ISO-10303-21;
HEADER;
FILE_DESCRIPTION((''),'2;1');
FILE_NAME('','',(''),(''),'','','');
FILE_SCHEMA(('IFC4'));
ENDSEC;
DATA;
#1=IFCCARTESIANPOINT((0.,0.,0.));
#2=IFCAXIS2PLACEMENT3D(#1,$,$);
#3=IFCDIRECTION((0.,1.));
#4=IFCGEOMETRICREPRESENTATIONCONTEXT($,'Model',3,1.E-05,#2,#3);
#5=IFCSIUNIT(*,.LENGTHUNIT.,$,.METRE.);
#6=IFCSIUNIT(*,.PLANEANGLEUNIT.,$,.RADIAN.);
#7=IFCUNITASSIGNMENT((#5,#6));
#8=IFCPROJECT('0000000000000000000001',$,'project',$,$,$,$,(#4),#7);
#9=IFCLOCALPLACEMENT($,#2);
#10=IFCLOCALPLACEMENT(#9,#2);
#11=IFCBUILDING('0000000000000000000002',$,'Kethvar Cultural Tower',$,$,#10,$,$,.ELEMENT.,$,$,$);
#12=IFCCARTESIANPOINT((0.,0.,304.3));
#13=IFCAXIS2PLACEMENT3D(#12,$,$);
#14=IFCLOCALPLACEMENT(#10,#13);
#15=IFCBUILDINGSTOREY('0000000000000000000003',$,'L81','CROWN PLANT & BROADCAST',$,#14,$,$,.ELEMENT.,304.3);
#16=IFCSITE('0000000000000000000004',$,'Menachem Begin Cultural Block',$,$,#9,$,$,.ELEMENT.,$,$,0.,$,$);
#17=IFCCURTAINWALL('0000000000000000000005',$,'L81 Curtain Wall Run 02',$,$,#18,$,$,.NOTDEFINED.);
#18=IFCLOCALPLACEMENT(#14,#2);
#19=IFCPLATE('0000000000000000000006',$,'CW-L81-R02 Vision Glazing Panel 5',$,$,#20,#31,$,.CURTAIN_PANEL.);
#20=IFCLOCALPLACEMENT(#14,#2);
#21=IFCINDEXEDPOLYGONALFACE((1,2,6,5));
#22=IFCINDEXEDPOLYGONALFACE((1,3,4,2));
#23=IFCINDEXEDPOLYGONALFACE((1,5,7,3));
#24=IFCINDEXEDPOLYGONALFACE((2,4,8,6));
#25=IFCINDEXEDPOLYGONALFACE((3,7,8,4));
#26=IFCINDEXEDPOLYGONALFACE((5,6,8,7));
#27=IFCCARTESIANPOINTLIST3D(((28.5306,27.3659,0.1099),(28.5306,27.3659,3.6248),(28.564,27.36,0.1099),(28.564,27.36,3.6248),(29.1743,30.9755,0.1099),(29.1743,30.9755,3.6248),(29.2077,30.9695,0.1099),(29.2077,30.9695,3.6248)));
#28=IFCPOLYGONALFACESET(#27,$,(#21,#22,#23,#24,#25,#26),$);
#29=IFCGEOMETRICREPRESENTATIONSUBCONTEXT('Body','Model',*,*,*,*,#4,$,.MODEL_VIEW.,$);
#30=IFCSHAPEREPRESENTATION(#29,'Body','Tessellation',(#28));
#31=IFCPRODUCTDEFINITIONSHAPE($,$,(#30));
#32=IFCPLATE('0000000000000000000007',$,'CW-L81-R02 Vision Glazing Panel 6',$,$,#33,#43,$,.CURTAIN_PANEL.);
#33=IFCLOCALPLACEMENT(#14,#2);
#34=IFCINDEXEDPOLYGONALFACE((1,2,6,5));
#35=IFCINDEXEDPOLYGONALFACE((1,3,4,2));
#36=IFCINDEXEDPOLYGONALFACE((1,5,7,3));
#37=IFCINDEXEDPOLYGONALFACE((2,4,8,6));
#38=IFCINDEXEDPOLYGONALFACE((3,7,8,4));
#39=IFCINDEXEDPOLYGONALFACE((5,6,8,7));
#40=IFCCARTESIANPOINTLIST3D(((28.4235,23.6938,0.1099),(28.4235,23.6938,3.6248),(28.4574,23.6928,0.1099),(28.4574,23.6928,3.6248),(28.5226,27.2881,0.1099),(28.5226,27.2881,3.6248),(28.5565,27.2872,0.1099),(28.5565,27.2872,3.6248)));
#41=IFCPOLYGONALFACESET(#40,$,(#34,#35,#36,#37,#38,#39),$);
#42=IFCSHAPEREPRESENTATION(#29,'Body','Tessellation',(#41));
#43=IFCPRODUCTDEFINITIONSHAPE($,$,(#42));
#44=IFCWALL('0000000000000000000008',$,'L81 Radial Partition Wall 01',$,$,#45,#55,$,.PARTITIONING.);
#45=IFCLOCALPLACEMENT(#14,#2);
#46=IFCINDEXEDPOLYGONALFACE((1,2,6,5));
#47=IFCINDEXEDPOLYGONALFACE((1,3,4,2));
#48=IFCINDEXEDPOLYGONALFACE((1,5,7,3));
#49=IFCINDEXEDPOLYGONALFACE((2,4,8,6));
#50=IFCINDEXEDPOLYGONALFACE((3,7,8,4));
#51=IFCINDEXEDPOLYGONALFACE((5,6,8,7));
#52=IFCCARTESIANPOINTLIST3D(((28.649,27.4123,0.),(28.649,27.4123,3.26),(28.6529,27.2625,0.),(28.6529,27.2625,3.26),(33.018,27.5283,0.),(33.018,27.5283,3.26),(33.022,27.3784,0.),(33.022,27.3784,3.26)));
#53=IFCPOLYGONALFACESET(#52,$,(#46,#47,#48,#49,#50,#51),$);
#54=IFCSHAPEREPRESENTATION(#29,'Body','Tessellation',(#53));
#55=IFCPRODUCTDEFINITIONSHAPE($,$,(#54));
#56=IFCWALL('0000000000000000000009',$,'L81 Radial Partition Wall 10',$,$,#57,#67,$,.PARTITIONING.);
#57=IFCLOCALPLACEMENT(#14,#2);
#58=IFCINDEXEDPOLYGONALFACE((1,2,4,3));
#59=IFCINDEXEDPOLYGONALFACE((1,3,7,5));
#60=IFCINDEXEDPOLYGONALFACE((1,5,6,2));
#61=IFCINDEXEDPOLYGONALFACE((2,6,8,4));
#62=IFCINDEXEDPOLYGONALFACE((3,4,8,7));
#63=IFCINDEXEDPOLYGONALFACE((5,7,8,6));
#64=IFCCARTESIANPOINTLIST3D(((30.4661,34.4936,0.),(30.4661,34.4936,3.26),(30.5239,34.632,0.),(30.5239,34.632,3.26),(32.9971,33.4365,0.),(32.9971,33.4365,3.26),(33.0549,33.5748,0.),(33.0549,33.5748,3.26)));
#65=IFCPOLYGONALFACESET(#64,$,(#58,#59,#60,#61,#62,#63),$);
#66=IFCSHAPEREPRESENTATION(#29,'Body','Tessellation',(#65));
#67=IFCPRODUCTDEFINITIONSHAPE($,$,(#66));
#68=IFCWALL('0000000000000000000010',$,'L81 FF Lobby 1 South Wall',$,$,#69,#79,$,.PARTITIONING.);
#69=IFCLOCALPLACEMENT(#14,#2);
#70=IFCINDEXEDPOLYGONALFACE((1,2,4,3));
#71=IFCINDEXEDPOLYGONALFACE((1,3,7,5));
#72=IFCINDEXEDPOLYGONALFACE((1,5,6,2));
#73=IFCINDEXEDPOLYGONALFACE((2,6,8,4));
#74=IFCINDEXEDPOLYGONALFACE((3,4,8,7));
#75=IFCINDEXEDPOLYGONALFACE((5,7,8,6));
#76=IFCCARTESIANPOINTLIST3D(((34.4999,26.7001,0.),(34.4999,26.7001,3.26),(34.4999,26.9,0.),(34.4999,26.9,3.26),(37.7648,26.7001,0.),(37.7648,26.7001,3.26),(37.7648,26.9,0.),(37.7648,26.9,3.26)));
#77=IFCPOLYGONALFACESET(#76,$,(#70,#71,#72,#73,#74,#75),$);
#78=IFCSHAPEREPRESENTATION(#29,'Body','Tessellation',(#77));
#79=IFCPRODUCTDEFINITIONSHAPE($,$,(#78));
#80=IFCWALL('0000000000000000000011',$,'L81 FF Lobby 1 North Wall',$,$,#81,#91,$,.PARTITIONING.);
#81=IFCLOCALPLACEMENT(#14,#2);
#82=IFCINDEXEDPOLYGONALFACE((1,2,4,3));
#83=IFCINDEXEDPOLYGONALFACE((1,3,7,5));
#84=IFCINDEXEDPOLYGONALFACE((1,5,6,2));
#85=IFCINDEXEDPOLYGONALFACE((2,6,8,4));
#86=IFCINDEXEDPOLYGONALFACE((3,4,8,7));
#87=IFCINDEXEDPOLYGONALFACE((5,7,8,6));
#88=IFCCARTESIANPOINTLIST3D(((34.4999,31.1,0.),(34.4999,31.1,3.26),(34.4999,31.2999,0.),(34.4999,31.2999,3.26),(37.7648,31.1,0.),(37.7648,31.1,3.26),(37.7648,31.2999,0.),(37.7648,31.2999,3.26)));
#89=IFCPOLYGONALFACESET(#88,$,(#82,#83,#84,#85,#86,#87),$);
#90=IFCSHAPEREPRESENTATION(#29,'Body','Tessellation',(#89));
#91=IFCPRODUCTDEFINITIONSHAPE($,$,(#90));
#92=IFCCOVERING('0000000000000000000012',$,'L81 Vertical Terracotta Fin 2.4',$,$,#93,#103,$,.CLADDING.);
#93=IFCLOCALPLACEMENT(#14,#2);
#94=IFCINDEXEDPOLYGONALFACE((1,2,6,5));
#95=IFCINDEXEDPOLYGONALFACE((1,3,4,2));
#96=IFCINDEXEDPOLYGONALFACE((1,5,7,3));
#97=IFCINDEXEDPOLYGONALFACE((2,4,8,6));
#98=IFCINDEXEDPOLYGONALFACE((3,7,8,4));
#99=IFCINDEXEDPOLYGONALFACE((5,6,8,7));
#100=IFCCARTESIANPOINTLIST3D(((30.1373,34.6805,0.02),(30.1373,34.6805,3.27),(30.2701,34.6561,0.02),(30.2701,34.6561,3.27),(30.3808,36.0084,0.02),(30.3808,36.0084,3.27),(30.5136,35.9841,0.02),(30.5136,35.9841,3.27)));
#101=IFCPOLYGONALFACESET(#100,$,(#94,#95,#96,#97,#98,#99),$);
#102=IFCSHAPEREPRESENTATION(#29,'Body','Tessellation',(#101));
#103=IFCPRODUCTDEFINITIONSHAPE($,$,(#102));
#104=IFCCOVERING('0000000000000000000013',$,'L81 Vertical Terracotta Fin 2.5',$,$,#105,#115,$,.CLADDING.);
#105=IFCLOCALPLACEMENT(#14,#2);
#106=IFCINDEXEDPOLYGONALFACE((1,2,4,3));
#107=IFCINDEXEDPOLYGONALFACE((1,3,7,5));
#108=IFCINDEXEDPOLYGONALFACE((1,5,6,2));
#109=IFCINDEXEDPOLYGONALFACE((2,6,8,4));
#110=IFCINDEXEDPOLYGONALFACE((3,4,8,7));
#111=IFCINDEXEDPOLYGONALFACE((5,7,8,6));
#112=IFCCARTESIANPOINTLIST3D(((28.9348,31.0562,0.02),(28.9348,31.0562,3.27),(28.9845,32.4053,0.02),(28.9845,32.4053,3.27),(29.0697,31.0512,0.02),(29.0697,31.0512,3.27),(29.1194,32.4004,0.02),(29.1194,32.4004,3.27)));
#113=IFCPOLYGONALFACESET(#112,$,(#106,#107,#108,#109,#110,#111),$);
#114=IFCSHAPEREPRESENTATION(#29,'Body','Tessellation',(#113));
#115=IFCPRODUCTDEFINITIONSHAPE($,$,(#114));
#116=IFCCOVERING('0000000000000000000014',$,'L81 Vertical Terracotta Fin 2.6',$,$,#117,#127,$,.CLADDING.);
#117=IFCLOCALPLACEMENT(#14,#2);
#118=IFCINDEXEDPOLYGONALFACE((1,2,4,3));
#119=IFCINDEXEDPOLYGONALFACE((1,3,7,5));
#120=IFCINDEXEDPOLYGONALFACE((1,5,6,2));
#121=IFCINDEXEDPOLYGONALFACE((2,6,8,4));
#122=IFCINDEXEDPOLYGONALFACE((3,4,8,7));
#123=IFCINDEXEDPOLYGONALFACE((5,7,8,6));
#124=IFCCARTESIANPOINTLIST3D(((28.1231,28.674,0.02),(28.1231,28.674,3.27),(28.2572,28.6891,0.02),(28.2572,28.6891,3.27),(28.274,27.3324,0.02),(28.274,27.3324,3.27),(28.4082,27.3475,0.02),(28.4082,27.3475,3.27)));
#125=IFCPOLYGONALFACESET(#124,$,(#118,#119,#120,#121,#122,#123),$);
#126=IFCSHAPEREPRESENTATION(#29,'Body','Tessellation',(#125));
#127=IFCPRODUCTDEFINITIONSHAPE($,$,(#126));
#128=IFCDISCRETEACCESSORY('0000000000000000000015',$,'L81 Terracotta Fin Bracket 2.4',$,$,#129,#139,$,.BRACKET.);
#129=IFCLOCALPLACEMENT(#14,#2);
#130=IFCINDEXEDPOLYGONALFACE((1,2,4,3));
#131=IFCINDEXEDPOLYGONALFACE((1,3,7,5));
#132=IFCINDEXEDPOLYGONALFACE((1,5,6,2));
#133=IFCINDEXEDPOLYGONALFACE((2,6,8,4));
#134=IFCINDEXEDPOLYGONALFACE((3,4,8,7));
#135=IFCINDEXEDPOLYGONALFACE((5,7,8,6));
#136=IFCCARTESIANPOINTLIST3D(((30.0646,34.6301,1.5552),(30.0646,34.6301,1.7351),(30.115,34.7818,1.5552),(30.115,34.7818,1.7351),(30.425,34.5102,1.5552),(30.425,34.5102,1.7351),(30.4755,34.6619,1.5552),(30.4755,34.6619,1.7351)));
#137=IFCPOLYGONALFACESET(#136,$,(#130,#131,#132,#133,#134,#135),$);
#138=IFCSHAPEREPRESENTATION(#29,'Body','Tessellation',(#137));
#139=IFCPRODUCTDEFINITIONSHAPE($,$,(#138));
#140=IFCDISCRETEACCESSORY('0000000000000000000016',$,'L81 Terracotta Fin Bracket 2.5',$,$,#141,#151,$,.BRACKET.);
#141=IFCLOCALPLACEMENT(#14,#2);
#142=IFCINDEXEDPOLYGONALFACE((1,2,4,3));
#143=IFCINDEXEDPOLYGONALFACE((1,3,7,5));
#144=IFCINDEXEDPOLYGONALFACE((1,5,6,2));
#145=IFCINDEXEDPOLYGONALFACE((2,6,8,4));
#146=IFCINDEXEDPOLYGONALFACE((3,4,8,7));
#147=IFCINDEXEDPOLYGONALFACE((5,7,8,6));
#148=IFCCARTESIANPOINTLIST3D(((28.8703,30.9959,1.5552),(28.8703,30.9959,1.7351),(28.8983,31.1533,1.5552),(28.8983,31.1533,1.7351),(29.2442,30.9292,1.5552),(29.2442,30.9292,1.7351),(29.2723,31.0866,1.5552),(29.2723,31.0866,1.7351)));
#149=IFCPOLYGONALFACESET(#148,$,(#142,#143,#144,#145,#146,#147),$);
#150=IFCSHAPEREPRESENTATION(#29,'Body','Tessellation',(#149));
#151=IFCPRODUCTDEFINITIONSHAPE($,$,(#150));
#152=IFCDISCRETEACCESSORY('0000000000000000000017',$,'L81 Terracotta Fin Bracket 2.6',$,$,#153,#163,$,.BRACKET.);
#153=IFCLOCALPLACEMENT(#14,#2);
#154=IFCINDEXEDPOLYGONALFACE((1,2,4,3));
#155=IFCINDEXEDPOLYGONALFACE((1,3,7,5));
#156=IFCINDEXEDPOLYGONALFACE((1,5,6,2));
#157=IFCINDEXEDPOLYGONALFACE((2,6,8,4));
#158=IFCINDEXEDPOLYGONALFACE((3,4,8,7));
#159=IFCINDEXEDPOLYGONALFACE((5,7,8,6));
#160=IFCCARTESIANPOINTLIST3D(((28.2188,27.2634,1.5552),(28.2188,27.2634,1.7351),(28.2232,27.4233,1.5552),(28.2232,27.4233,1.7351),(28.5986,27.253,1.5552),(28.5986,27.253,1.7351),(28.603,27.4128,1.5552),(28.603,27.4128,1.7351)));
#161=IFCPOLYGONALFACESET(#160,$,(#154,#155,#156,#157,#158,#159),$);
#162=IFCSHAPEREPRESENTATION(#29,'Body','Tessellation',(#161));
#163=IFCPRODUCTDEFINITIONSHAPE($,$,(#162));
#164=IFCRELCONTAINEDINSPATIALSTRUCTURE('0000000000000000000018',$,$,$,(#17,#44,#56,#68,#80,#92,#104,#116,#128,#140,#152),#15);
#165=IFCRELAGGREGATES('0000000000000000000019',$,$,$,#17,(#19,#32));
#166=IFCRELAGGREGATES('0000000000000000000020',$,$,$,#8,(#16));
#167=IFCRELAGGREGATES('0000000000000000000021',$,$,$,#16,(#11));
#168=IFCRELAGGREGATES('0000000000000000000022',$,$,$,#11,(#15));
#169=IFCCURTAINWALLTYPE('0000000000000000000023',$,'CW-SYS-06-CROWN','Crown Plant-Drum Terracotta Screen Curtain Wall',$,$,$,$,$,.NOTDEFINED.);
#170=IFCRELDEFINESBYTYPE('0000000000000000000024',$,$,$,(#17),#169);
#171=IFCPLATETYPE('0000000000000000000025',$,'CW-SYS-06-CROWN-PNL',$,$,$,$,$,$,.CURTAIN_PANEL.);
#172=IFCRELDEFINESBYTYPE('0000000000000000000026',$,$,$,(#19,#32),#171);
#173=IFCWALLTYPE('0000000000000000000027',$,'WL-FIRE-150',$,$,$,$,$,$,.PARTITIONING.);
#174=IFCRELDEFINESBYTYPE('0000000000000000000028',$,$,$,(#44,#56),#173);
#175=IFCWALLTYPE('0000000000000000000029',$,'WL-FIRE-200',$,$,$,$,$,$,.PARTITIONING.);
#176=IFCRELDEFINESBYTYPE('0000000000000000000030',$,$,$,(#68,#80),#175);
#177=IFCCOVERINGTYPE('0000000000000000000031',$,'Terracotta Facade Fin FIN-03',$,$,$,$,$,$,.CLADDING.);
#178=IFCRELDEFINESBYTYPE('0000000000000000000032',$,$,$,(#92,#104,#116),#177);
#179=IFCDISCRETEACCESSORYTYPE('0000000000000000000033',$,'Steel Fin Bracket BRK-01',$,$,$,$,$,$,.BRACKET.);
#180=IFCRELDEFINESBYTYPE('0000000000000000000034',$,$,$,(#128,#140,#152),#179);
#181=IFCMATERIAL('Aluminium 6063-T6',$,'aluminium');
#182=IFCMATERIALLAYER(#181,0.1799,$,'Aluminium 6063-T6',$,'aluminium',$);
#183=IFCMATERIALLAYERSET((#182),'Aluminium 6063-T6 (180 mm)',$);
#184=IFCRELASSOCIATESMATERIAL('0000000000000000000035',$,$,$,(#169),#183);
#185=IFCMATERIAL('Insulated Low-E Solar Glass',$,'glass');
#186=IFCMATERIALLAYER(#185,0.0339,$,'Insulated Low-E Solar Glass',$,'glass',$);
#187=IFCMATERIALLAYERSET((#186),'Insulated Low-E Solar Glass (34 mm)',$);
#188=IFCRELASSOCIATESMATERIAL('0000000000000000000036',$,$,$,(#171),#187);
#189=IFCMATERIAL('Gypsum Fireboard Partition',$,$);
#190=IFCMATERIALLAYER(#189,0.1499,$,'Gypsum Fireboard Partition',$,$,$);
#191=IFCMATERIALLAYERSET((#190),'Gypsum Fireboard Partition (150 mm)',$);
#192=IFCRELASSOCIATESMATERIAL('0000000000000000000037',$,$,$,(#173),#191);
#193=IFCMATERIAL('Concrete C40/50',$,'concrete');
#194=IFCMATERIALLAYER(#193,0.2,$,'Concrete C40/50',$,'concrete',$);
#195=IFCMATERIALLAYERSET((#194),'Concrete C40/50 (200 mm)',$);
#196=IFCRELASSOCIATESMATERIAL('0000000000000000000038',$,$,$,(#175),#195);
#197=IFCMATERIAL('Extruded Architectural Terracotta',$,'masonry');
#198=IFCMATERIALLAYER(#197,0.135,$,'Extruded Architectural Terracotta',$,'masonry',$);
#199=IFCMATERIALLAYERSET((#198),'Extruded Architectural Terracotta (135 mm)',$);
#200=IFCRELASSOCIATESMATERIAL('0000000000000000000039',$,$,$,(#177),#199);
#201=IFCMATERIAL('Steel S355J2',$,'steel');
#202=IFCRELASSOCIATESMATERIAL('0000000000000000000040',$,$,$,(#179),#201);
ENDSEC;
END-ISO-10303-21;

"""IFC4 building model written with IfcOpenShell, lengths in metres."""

from ifc_helpers import new_model, si_unit, direction, frame, frame_2d, origin, origin_2d, place, context, subcontext, project, spatial, rectangle, extrude, source, transform, mapped, material, layer, layer_set, type_object, element, aggregate, save


model = new_model("IFC4")

# Units and contexts
model_context = context("Model", 3, precision=1e-05, world=origin(), true_north=direction((0.0, 1.0)))
body_context = subcontext(model_context, "Body", "Model", "MODEL_VIEW")
ifc_project = project(units=[si_unit("LENGTHUNIT", "METRE"), si_unit("PLANEANGLEUNIT", "RADIAN")], contexts=[model_context])

# Site, building, storey
site_placement = place(None, origin())
site = spatial("IfcSite", under=ifc_project, at=site_placement, Name="Menachem Begin Cultural Block", CompositionType="ELEMENT", RefElevation=0.0)
building_placement = place(site_placement, origin())
building = spatial("IfcBuilding", under=site, at=building_placement, Name="Kethvar Cultural Tower", CompositionType="ELEMENT")
storey_placement = place(building_placement, frame((0.0, 0.0, 304.3)))
storey = spatial("IfcBuildingStorey", under=building, at=storey_placement, Name="L81", Description="CROWN PLANT & BROADCAST", CompositionType="ELEMENT", Elevation=304.3)

# Shared definitions
ifc_material_1 = material(Name="Steel S355J2", Category="steel")

# Curtain wall, plates
ifc_material_2 = material(Name="Aluminium 6063-T6", Category="aluminium")
ifc_layer_1 = layer(ifc_material_2, 0.1799, Name="Aluminium 6063-T6", Category="aluminium")
ifc_layer_set_1 = layer_set([ifc_layer_1], Name="Aluminium 6063-T6 (180 mm)")
curtain_wall_type = type_object("IfcCurtainWallType", Name="CW-SYS-06-CROWN", Description="Crown Plant-Drum Terracotta Screen Curtain Wall", PredefinedType="NOTDEFINED", material=ifc_layer_set_1)
curtain_wall_placement = place(storey_placement, origin())
curtain_wall = element("IfcCurtainWall", 1, at=curtain_wall_placement, inside=storey, type_object=curtain_wall_type, Name="L81 Curtain Wall Run 02", PredefinedType="NOTDEFINED")
ifc_material_3 = material(Name="Insulated Low-E Solar Glass", Category="glass")
ifc_layer_2 = layer(ifc_material_3, 0.0339, Name="Insulated Low-E Solar Glass", Category="glass")
ifc_layer_set_2 = layer_set([ifc_layer_2], Name="Insulated Low-E Solar Glass (34 mm)")
plate_type = type_object("IfcPlateType", Name="CW-SYS-06-CROWN-PNL", PredefinedType="CURTAIN_PANEL", material=ifc_layer_set_2)
shared_shape_1 = source(origin(), body_context, "Body", "SweptSolid", [
    extrude(rectangle(XDim=3.6665, YDim=0.0339, at=origin_2d()), origin(), (0.0, 0.0, 1.0), 3.5149),
])
plate_1_placement = place(storey_placement, frame((28.8691, 29.1677, 0.1099), z_axis=(0.0, 0.0, 1.0), x_axis=(-0.175556, -0.984469, 0.0)))
plate_1 = element("IfcPlate", 2, at=plate_1_placement, type_object=plate_type, Name="CW-L81-R02 Vision Glazing Panel 5", PredefinedType="CURTAIN_PANEL", context=body_context, shape_type="MappedRepresentation", body=[
    mapped(shared_shape_1, transform((0.0, 0.0, 0.0), scale=1.0)),
])
shared_shape_2 = source(origin(), body_context, "Body", "SweptSolid", [
    extrude(rectangle(XDim=3.5957, YDim=0.0339, at=origin_2d()), origin(), (0.0, 0.0, 1.0), 3.5149),
])
plate_2_placement = place(storey_placement, frame((28.49, 25.4905, 0.1099), z_axis=(0.0, 0.0, 1.0), x_axis=(-0.027573, -0.99962, 0.0)))
plate_2 = element("IfcPlate", 3, at=plate_2_placement, type_object=plate_type, Name="CW-L81-R02 Vision Glazing Panel 6", PredefinedType="CURTAIN_PANEL", context=body_context, shape_type="MappedRepresentation", body=[
    mapped(shared_shape_2, transform((0.0, 0.0, 0.0), scale=1.0)),
])
aggregate(curtain_wall, [plate_1, plate_2])

# Walls
ifc_material_4 = material(Name="Gypsum Fireboard Partition")
ifc_layer_3 = layer(ifc_material_4, 0.1499, Name="Gypsum Fireboard Partition")
ifc_layer_set_3 = layer_set([ifc_layer_3], Name="Gypsum Fireboard Partition (150 mm)")
wall_type_1 = type_object("IfcWallType", Name="WL-FIRE-150", PredefinedType="PARTITIONING", material=ifc_layer_set_3)
wall_1_placement = place(storey_placement, frame((33.02, 27.4534, 0.0), z_axis=(0.0, 0.0, 1.0), x_axis=(-0.999648, -0.026533, 0.0)))
element("IfcWall", 4, at=wall_1_placement, inside=storey, type_object=wall_type_1, Name="L81 Radial Partition Wall 01", PredefinedType="PARTITIONING", context=body_context, shape_type="SweptSolid", body=[
    extrude(rectangle(XDim=4.3706, YDim=0.1499, at=frame_2d((2.1853, 0.0))), origin(), (0.0, 0.0, 1.0), 3.26),
])
wall_2_placement = place(storey_placement, frame((33.0261, 33.5056, 0.0), z_axis=(0.0, 0.0, 1.0), x_axis=(-0.922747, 0.385405, 0.0)))
element("IfcWall", 5, at=wall_2_placement, inside=storey, type_object=wall_type_1, Name="L81 Radial Partition Wall 10", PredefinedType="PARTITIONING", context=body_context, shape_type="SweptSolid", body=[
    extrude(rectangle(XDim=2.7429, YDim=0.1499, at=frame_2d((1.3716, 0.0))), origin(), (0.0, 0.0, 1.0), 3.26),
])

# Shared definitions
ifc_material_5 = material(Name="Concrete C40/50", Category="concrete")
ifc_layer_4 = layer(ifc_material_5, 0.2, Name="Concrete C40/50", Category="concrete")
ifc_layer_set_4 = layer_set([ifc_layer_4], Name="Concrete C40/50 (200 mm)")
wall_type_2 = type_object("IfcWallType", Name="WL-FIRE-200", PredefinedType="PARTITIONING", material=ifc_layer_set_4)

# Walls
for number, where, z_axis, x_axis, name in (
    (6, (34.5, 26.8, 0.0), (0.0, 0.0, 1.0), (1.0, 0.0, 0.0), "L81 FF Lobby 1 South Wall"),
    (7, (34.5, 31.2, 0.0), (0.0, 0.0, 1.0), (1.0, 0.0, 0.0), "L81 FF Lobby 1 North Wall"),
):
    element("IfcWall", number, at=place(storey_placement, frame(where, z_axis=z_axis, x_axis=x_axis)), inside=storey, type_object=wall_type_2, Name=name, PredefinedType="PARTITIONING", context=body_context, shape_type="SweptSolid", body=[
        extrude(rectangle(XDim=3.2649, YDim=0.2, at=frame_2d((1.6323, 0.0))), origin(), (0.0, 0.0, 1.0), 3.26),
    ])

# Coverings
ifc_material_6 = material(Name="Extruded Architectural Terracotta", Category="masonry")
ifc_layer_5 = layer(ifc_material_6, 0.135, Name="Extruded Architectural Terracotta", Category="masonry")
ifc_layer_set_5 = layer_set([ifc_layer_5], Name="Extruded Architectural Terracotta (135 mm)")
covering_type = type_object("IfcCoveringType", Name="Terracotta Facade Fin FIN-03", PredefinedType="CLADDING", material=ifc_layer_set_5)
shared_shape_3 = source(origin(), body_context, "Body", "SweptSolid", [
    extrude(rectangle(XDim=1.3501, YDim=0.135, at=origin_2d()), origin(), (0.0, 0.0, 1.0), 3.25),
])
for number, where, z_axis, x_axis, name in (
    (8, (30.3254, 35.3323, 0.02), (0.0, 0.0, 1.0), (0.180347, 0.983603, 0.0), "L81 Vertical Terracotta Fin 2.4"),
    (9, (29.0271, 31.7283, 0.02), (0.0, 0.0, 1.0), (0.036818, 0.999322, 0.0), "L81 Vertical Terracotta Fin 2.5"),
    (10, (28.2656, 28.0107, 0.02), (0.0, 0.0, 1.0), (-0.111816, 0.993729, 0.0), "L81 Vertical Terracotta Fin 2.6"),
):
    element("IfcCovering", number, at=place(storey_placement, frame(where, z_axis=z_axis, x_axis=x_axis)), inside=storey, type_object=covering_type, Name=name, PredefinedType="CLADDING", context=body_context, shape_type="MappedRepresentation", body=[
        mapped(shared_shape_3, transform((0.0, 0.0, 0.0), scale=1.0)),
    ])

# Discrete accessories
discrete_accessory_type = type_object("IfcDiscreteAccessoryType", Name="Steel Fin Bracket BRK-01", PredefinedType="BRACKET", material=ifc_material_1)
shared_shape_4 = source(origin(), body_context, "Body", "SweptSolid", [
    extrude(rectangle(XDim=0.3799, YDim=0.1599, at=origin_2d()), origin(), (0.0, 0.0, 1.0), 0.1799),
])
for number, where, z_axis, x_axis, name in (
    (11, (30.27, 34.646, 1.5552), (0.0, 0.0, 1.0), (-0.948876, 0.315649, 0.0), "L81 Terracotta Fin Bracket 2.4"),
    (12, (29.0713, 31.0413, 1.5552), (0.0, 0.0, 1.0), (-0.984473, 0.175539, 0.0), "L81 Terracotta Fin Bracket 2.5"),
    (13, (28.4109, 27.3381, 1.5552), (0.0, 0.0, 1.0), (-0.99962, 0.027573, 0.0), "L81 Terracotta Fin Bracket 2.6"),
):
    element("IfcDiscreteAccessory", number, at=place(storey_placement, frame(where, z_axis=z_axis, x_axis=x_axis)), inside=storey, type_object=discrete_accessory_type, Name=name, PredefinedType="BRACKET", context=body_context, shape_type="MappedRepresentation", body=[
        mapped(shared_shape_4, transform((0.0, 0.0, 0.0), scale=1.0)),
    ])

save(model, "model.ifc")
